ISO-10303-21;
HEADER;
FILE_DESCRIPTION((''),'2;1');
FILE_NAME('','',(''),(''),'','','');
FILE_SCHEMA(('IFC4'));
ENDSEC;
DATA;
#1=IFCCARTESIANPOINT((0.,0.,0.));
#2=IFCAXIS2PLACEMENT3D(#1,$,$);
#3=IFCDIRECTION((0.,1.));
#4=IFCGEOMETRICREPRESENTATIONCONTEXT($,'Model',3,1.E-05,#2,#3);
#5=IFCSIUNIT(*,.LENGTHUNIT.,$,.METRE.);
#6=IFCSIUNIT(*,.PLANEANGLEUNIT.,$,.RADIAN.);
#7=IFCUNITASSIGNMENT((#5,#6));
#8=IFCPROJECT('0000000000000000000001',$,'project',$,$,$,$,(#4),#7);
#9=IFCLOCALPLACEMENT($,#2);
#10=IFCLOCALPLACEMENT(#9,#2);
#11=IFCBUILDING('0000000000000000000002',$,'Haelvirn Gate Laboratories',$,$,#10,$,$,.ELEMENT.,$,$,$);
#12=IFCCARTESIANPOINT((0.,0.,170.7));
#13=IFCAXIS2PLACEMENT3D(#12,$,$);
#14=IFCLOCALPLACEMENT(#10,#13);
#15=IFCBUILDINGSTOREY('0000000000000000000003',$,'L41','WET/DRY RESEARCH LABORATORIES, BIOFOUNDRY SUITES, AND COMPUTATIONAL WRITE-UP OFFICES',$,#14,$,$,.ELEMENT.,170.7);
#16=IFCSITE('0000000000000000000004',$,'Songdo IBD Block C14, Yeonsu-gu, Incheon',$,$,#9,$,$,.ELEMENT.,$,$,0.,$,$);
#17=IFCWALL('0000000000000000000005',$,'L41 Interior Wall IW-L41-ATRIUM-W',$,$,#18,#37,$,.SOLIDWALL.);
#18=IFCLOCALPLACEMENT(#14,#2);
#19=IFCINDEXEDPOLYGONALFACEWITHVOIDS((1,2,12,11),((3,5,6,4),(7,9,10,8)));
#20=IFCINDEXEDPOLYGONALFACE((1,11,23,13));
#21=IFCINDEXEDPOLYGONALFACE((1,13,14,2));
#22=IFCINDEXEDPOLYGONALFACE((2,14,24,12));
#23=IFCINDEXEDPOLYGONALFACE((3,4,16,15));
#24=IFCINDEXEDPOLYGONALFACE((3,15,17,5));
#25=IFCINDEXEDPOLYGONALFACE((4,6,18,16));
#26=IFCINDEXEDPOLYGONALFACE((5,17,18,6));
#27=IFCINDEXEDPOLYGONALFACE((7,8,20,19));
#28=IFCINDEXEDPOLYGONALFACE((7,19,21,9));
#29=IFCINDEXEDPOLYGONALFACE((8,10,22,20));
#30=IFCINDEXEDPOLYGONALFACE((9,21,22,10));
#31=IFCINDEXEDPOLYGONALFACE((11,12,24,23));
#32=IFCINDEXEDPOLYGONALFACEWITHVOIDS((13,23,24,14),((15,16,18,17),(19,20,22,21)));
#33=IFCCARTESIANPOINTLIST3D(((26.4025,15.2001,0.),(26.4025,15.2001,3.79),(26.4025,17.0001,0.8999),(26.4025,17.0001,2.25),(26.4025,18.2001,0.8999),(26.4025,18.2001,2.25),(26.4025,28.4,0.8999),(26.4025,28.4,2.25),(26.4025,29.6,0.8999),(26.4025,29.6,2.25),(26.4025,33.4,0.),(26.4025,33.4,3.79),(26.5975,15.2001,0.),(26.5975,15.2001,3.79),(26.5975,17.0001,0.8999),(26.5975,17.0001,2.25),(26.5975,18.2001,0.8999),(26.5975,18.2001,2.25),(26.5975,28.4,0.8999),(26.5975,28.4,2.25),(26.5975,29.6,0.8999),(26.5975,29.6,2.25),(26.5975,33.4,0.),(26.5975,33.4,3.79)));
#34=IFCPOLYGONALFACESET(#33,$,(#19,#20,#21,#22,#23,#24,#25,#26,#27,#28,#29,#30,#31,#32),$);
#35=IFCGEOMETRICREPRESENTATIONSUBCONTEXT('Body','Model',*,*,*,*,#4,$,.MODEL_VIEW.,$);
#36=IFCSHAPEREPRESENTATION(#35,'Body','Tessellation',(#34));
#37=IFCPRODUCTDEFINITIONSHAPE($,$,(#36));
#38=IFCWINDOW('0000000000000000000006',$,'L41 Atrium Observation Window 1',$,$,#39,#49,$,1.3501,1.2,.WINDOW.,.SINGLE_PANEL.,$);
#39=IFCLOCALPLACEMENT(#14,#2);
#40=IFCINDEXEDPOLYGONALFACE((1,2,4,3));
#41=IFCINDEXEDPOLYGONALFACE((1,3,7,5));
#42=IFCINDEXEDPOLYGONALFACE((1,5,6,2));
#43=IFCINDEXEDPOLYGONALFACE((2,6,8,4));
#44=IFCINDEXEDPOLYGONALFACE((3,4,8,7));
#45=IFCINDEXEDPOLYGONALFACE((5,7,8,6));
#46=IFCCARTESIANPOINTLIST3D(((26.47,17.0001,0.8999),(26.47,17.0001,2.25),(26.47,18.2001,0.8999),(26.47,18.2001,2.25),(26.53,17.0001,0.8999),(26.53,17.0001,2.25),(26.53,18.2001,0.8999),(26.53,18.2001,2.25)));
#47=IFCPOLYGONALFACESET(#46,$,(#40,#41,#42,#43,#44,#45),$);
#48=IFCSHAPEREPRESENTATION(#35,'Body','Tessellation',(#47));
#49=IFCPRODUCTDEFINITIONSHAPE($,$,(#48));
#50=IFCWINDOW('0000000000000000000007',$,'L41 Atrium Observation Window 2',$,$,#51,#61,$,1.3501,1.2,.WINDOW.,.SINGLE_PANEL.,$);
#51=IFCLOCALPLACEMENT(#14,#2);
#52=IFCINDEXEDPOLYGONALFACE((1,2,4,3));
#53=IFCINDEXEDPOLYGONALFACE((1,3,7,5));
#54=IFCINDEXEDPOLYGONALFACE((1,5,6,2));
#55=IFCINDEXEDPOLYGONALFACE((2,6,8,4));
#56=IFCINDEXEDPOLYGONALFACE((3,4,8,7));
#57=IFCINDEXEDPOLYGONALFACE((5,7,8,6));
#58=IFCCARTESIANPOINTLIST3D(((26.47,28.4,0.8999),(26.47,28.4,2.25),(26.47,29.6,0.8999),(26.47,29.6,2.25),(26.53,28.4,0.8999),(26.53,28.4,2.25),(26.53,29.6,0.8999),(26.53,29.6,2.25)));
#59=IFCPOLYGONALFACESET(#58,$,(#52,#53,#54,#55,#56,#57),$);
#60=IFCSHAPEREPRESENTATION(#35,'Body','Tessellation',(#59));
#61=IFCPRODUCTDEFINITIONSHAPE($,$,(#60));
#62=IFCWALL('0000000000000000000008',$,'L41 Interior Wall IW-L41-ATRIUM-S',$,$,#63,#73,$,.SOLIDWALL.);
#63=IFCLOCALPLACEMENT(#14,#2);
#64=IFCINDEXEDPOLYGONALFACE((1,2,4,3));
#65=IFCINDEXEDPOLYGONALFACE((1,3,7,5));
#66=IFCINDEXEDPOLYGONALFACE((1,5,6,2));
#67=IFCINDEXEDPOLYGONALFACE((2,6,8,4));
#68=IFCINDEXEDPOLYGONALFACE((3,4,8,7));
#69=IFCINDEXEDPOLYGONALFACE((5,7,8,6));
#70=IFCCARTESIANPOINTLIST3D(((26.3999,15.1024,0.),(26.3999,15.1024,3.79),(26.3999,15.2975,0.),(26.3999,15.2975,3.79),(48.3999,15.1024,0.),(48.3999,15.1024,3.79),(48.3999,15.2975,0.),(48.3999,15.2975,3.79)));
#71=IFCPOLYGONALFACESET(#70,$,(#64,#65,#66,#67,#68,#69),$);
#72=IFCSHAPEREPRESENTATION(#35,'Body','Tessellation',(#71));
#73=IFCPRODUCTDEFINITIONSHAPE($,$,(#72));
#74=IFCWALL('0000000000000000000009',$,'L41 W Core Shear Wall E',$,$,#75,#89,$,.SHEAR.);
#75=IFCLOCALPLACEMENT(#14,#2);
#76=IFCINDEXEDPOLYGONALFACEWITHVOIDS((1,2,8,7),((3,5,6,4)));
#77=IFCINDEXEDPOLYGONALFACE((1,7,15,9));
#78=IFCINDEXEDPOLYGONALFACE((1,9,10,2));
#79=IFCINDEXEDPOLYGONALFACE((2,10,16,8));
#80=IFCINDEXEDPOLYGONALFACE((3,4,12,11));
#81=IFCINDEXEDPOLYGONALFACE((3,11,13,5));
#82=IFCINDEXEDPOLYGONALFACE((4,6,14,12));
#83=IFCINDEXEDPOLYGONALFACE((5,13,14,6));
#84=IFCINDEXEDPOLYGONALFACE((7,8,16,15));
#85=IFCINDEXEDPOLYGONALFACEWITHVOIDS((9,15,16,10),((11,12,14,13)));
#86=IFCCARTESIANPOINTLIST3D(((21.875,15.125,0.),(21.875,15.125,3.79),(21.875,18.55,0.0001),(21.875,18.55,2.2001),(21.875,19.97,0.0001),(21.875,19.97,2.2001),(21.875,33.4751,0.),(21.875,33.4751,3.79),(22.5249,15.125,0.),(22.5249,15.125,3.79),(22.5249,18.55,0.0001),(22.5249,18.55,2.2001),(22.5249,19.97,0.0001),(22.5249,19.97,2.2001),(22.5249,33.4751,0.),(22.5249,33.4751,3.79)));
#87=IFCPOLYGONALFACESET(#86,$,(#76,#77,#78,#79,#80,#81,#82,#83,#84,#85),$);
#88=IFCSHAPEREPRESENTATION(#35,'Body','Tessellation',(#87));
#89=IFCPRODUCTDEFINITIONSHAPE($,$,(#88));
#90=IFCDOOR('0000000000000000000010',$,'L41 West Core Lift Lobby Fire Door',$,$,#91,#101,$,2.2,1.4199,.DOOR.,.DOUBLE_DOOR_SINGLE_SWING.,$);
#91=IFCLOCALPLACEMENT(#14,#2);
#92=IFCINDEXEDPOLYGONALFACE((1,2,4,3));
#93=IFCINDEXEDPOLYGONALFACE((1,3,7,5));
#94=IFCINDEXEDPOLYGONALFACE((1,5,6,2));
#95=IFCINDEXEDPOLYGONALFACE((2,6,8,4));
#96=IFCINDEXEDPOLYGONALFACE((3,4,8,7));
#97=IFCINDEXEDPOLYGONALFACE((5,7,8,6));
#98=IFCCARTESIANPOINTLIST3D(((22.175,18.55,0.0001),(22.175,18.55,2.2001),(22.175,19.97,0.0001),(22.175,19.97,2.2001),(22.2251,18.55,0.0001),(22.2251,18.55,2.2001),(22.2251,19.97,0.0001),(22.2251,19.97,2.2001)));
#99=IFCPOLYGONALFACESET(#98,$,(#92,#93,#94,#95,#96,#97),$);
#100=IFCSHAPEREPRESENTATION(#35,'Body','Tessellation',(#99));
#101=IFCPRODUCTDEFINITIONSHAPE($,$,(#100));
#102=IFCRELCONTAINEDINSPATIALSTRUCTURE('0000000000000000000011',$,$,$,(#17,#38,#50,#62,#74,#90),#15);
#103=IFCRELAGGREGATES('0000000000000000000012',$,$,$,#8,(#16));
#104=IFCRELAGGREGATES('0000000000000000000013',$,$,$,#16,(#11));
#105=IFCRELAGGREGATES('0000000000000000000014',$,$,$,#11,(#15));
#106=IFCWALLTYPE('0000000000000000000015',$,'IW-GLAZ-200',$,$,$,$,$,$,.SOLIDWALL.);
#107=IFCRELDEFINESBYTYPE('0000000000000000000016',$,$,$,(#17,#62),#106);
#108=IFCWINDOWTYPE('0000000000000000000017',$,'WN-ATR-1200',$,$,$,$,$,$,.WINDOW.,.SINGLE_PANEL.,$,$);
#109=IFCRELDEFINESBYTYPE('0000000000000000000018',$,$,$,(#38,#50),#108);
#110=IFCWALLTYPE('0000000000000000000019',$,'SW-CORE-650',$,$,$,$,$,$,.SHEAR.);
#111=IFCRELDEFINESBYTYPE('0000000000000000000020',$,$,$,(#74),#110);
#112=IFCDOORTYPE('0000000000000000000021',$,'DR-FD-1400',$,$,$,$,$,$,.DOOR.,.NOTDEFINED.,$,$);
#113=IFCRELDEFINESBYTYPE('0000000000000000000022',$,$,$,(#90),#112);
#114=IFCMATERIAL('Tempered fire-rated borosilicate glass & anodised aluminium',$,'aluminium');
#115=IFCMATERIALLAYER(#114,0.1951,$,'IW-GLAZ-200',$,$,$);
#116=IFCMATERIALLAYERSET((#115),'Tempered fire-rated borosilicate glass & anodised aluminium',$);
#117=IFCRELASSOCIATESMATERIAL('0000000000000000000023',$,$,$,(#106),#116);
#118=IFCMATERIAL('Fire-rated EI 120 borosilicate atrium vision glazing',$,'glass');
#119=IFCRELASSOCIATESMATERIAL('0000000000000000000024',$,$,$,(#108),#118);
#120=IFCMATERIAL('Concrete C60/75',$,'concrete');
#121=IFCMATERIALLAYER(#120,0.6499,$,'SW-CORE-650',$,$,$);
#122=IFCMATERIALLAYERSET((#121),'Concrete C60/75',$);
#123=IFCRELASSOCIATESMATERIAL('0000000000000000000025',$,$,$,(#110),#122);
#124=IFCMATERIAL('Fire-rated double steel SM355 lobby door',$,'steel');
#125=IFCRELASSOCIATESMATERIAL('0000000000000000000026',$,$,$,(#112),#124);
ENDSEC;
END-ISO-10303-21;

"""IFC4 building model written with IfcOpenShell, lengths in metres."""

from ifc_helpers import new_model, si_unit, direction, frame, frame_2d, origin, place, context, subcontext, project, spatial, rectangle, extrude, source, transform, mapped, material, layer, layer_set, type_object, type_shapes, element, fill, save


model = new_model("IFC4")

# Units and contexts
model_context = context("Model", 3, precision=1e-05, world=origin(), true_north=direction((0.0, 1.0)))
body_context = subcontext(model_context, "Body", "Model", "MODEL_VIEW")
ifc_project = project(units=[si_unit("LENGTHUNIT", "METRE"), si_unit("PLANEANGLEUNIT", "RADIAN")], contexts=[model_context])

# Site, building, storey
site_placement = place(None, origin())
site = spatial("IfcSite", under=ifc_project, at=site_placement, Name="Songdo IBD Block C14, Yeonsu-gu, Incheon", CompositionType="ELEMENT", RefElevation=0.0)
building_placement = place(site_placement, origin())
building = spatial("IfcBuilding", under=site, at=building_placement, Name="Haelvirn Gate Laboratories", CompositionType="ELEMENT")
storey_placement = place(building_placement, frame((0.0, 0.0, 170.7)))
storey = spatial("IfcBuildingStorey", under=building, at=storey_placement, Name="L41", Description="WET/DRY RESEARCH LABORATORIES, BIOFOUNDRY SUITES, AND COMPUTATIONAL WRITE-UP OFFICES", CompositionType="ELEMENT", Elevation=170.7)

# Shared definitions
ifc_material_1 = material(Name="Concrete C60/75", Category="concrete")

# Wall, openings, windows
ifc_material_2 = material(Name="Tempered fire-rated borosilicate glass & anodised aluminium", Category="aluminium")
ifc_layer_1 = layer(ifc_material_2, 0.1951, Name="IW-GLAZ-200")
ifc_layer_set_1 = layer_set([ifc_layer_1], Name="Tempered fire-rated borosilicate glass & anodised aluminium")
wall_type_1 = type_object("IfcWallType", Name="IW-GLAZ-200", PredefinedType="SOLIDWALL", material=ifc_layer_set_1)
wall_1_placement = place(storey_placement, frame((26.5, 15.2, 0.0), z_axis=(0.0, 0.0, 1.0), x_axis=(0.0, 1.0, 0.0)))
wall_1 = element("IfcWall", 1, at=wall_1_placement, inside=storey, type_object=wall_type_1, Name="L41 Interior Wall IW-L41-ATRIUM-W", PredefinedType="SOLIDWALL", context=body_context, shape_type="SweptSolid", body=[
    extrude(rectangle(XDim=18.2, YDim=0.1951, at=frame_2d((9.1001, 0.0))), origin(), (0.0, 0.0, 1.0), 3.79),
])
opening_1_placement = place(wall_1_placement, frame((1.8, 0.0, 0.8999)))
opening_1 = element("IfcOpeningElement", 2, at=opening_1_placement, cuts=wall_1, PredefinedType="OPENING", context=body_context, shape_type="SweptSolid", body=[
    extrude(rectangle(XDim=1.2, YDim=1.3501, at=frame_2d((0.6001, 0.675))), frame((0.0, 0.1074, 0.0), z_axis=(0.0, -1.0, 0.0), x_axis=(1.0, 0.0, 0.0)), (0.0, 0.0, 1.0), 0.2151),
])
opening_2_placement = place(wall_1_placement, frame((13.2, 0.0, 0.8999)))
opening_2 = element("IfcOpeningElement", 3, at=opening_2_placement, cuts=wall_1, PredefinedType="OPENING", context=body_context, shape_type="SweptSolid", body=[
    extrude(rectangle(XDim=1.2, YDim=1.3501, at=frame_2d((0.6001, 0.675))), frame((0.0, 0.1074, 0.0), z_axis=(0.0, -1.0, 0.0), x_axis=(1.0, 0.0, 0.0)), (0.0, 0.0, 1.0), 0.2151),
])
ifc_material_3 = material(Name="Fire-rated EI 120 borosilicate atrium vision glazing", Category="glass")
window_type = type_object("IfcWindowType", Name="WN-ATR-1200", PartitioningType="SINGLE_PANEL", PredefinedType="WINDOW", material=ifc_material_3)
shared_shape_1 = source(origin(), body_context, "Body", "SweptSolid", [
    extrude(rectangle(XDim=1.2, YDim=1.3501, at=frame_2d((0.6001, 0.675))), frame((0.0, 0.03, 0.0), z_axis=(0.0, -1.0, 0.0), x_axis=(1.0, 0.0, 0.0)), (0.0, 0.0, 1.0), 0.0601),
])
type_shapes(window_type, [shared_shape_1])
window_1_placement = place(opening_1_placement, origin())
window_1 = element("IfcWindow", 4, at=window_1_placement, inside=storey, type_object=window_type, Name="L41 Atrium Observation Window 1", OverallHeight=1.3501, OverallWidth=1.2, PartitioningType="SINGLE_PANEL", PredefinedType="WINDOW", context=body_context, shape_type="MappedRepresentation", body=[
    mapped(shared_shape_1, transform((0.0, 0.0, 0.0), scale=1.0)),
])
fill(opening_1, window_1)
window_2_placement = place(opening_2_placement, origin())
window_2 = element("IfcWindow", 5, at=window_2_placement, inside=storey, type_object=window_type, Name="L41 Atrium Observation Window 2", OverallHeight=1.3501, OverallWidth=1.2, PartitioningType="SINGLE_PANEL", PredefinedType="WINDOW", context=body_context, shape_type="MappedRepresentation", body=[
    mapped(shared_shape_1, transform((0.0, 0.0, 0.0), scale=1.0)),
])
fill(opening_2, window_2)

# Wall
wall_2_placement = place(storey_placement, frame((26.3999, 15.2, 0.0), z_axis=(0.0, 0.0, 1.0), x_axis=(1.0, 0.0, 0.0)))
element("IfcWall", 6, at=wall_2_placement, inside=storey, type_object=wall_type_1, Name="L41 Interior Wall IW-L41-ATRIUM-S", PredefinedType="SOLIDWALL", context=body_context, shape_type="SweptSolid", body=[
    extrude(rectangle(XDim=22.0, YDim=0.1951, at=frame_2d((11.0, 0.0))), origin(), (0.0, 0.0, 1.0), 3.79),
])

# Wall, opening, door
ifc_layer_2 = layer(ifc_material_1, 0.6499, Name="SW-CORE-650")
ifc_layer_set_2 = layer_set([ifc_layer_2], Name="Concrete C60/75")
wall_type_2 = type_object("IfcWallType", Name="SW-CORE-650", PredefinedType="SHEAR", material=ifc_layer_set_2)
wall_3_placement = place(storey_placement, frame((22.2, 15.125, 0.0), z_axis=(0.0, 0.0, 1.0), x_axis=(0.0, 1.0, 0.0)))
wall_3 = element("IfcWall", 7, at=wall_3_placement, inside=storey, type_object=wall_type_2, Name="L41 W Core Shear Wall E", PredefinedType="SHEAR", context=body_context, shape_type="SweptSolid", body=[
    extrude(rectangle(XDim=18.3501, YDim=0.6499, at=frame_2d((9.175, 0.0))), origin(), (0.0, 0.0, 1.0), 3.79),
])
opening_3_placement = place(wall_3_placement, frame((3.425, 0.0, 0.0)))
opening_3 = element("IfcOpeningElement", 8, at=opening_3_placement, cuts=wall_3, PredefinedType="OPENING", context=body_context, shape_type="SweptSolid", body=[
    extrude(rectangle(XDim=1.4199, YDim=2.2, at=frame_2d((0.71, 1.1001))), frame((0.0, 0.335, 0.0), z_axis=(0.0, -1.0, 0.0), x_axis=(1.0, 0.0, 0.0)), (0.0, 0.0, 1.0), 0.6699),
])
ifc_material_4 = material(Name="Fire-rated double steel SM355 lobby door", Category="steel")
door_type = type_object("IfcDoorType", Name="DR-FD-1400", OperationType="NOTDEFINED", PredefinedType="DOOR", material=ifc_material_4)
shared_shape_2 = source(origin(), body_context, "Body", "SweptSolid", [
    extrude(rectangle(XDim=1.4199, YDim=2.2, at=frame_2d((0.71, 1.1001))), frame((0.0, 0.0249, 0.0), z_axis=(0.0, -1.0, 0.0), x_axis=(1.0, 0.0, 0.0)), (0.0, 0.0, 1.0), 0.05),
])
type_shapes(door_type, [shared_shape_2])
door_placement = place(opening_3_placement, origin())
door = element("IfcDoor", 9, at=door_placement, inside=storey, type_object=door_type, Name="L41 West Core Lift Lobby Fire Door", OperationType="DOUBLE_DOOR_SINGLE_SWING", OverallHeight=2.2, OverallWidth=1.4199, PredefinedType="DOOR", context=body_context, shape_type="MappedRepresentation", body=[
    mapped(shared_shape_2, transform((0.0, 0.0, 0.0), scale=1.0)),
])
fill(opening_3, door)

save(model, "model.ifc")
